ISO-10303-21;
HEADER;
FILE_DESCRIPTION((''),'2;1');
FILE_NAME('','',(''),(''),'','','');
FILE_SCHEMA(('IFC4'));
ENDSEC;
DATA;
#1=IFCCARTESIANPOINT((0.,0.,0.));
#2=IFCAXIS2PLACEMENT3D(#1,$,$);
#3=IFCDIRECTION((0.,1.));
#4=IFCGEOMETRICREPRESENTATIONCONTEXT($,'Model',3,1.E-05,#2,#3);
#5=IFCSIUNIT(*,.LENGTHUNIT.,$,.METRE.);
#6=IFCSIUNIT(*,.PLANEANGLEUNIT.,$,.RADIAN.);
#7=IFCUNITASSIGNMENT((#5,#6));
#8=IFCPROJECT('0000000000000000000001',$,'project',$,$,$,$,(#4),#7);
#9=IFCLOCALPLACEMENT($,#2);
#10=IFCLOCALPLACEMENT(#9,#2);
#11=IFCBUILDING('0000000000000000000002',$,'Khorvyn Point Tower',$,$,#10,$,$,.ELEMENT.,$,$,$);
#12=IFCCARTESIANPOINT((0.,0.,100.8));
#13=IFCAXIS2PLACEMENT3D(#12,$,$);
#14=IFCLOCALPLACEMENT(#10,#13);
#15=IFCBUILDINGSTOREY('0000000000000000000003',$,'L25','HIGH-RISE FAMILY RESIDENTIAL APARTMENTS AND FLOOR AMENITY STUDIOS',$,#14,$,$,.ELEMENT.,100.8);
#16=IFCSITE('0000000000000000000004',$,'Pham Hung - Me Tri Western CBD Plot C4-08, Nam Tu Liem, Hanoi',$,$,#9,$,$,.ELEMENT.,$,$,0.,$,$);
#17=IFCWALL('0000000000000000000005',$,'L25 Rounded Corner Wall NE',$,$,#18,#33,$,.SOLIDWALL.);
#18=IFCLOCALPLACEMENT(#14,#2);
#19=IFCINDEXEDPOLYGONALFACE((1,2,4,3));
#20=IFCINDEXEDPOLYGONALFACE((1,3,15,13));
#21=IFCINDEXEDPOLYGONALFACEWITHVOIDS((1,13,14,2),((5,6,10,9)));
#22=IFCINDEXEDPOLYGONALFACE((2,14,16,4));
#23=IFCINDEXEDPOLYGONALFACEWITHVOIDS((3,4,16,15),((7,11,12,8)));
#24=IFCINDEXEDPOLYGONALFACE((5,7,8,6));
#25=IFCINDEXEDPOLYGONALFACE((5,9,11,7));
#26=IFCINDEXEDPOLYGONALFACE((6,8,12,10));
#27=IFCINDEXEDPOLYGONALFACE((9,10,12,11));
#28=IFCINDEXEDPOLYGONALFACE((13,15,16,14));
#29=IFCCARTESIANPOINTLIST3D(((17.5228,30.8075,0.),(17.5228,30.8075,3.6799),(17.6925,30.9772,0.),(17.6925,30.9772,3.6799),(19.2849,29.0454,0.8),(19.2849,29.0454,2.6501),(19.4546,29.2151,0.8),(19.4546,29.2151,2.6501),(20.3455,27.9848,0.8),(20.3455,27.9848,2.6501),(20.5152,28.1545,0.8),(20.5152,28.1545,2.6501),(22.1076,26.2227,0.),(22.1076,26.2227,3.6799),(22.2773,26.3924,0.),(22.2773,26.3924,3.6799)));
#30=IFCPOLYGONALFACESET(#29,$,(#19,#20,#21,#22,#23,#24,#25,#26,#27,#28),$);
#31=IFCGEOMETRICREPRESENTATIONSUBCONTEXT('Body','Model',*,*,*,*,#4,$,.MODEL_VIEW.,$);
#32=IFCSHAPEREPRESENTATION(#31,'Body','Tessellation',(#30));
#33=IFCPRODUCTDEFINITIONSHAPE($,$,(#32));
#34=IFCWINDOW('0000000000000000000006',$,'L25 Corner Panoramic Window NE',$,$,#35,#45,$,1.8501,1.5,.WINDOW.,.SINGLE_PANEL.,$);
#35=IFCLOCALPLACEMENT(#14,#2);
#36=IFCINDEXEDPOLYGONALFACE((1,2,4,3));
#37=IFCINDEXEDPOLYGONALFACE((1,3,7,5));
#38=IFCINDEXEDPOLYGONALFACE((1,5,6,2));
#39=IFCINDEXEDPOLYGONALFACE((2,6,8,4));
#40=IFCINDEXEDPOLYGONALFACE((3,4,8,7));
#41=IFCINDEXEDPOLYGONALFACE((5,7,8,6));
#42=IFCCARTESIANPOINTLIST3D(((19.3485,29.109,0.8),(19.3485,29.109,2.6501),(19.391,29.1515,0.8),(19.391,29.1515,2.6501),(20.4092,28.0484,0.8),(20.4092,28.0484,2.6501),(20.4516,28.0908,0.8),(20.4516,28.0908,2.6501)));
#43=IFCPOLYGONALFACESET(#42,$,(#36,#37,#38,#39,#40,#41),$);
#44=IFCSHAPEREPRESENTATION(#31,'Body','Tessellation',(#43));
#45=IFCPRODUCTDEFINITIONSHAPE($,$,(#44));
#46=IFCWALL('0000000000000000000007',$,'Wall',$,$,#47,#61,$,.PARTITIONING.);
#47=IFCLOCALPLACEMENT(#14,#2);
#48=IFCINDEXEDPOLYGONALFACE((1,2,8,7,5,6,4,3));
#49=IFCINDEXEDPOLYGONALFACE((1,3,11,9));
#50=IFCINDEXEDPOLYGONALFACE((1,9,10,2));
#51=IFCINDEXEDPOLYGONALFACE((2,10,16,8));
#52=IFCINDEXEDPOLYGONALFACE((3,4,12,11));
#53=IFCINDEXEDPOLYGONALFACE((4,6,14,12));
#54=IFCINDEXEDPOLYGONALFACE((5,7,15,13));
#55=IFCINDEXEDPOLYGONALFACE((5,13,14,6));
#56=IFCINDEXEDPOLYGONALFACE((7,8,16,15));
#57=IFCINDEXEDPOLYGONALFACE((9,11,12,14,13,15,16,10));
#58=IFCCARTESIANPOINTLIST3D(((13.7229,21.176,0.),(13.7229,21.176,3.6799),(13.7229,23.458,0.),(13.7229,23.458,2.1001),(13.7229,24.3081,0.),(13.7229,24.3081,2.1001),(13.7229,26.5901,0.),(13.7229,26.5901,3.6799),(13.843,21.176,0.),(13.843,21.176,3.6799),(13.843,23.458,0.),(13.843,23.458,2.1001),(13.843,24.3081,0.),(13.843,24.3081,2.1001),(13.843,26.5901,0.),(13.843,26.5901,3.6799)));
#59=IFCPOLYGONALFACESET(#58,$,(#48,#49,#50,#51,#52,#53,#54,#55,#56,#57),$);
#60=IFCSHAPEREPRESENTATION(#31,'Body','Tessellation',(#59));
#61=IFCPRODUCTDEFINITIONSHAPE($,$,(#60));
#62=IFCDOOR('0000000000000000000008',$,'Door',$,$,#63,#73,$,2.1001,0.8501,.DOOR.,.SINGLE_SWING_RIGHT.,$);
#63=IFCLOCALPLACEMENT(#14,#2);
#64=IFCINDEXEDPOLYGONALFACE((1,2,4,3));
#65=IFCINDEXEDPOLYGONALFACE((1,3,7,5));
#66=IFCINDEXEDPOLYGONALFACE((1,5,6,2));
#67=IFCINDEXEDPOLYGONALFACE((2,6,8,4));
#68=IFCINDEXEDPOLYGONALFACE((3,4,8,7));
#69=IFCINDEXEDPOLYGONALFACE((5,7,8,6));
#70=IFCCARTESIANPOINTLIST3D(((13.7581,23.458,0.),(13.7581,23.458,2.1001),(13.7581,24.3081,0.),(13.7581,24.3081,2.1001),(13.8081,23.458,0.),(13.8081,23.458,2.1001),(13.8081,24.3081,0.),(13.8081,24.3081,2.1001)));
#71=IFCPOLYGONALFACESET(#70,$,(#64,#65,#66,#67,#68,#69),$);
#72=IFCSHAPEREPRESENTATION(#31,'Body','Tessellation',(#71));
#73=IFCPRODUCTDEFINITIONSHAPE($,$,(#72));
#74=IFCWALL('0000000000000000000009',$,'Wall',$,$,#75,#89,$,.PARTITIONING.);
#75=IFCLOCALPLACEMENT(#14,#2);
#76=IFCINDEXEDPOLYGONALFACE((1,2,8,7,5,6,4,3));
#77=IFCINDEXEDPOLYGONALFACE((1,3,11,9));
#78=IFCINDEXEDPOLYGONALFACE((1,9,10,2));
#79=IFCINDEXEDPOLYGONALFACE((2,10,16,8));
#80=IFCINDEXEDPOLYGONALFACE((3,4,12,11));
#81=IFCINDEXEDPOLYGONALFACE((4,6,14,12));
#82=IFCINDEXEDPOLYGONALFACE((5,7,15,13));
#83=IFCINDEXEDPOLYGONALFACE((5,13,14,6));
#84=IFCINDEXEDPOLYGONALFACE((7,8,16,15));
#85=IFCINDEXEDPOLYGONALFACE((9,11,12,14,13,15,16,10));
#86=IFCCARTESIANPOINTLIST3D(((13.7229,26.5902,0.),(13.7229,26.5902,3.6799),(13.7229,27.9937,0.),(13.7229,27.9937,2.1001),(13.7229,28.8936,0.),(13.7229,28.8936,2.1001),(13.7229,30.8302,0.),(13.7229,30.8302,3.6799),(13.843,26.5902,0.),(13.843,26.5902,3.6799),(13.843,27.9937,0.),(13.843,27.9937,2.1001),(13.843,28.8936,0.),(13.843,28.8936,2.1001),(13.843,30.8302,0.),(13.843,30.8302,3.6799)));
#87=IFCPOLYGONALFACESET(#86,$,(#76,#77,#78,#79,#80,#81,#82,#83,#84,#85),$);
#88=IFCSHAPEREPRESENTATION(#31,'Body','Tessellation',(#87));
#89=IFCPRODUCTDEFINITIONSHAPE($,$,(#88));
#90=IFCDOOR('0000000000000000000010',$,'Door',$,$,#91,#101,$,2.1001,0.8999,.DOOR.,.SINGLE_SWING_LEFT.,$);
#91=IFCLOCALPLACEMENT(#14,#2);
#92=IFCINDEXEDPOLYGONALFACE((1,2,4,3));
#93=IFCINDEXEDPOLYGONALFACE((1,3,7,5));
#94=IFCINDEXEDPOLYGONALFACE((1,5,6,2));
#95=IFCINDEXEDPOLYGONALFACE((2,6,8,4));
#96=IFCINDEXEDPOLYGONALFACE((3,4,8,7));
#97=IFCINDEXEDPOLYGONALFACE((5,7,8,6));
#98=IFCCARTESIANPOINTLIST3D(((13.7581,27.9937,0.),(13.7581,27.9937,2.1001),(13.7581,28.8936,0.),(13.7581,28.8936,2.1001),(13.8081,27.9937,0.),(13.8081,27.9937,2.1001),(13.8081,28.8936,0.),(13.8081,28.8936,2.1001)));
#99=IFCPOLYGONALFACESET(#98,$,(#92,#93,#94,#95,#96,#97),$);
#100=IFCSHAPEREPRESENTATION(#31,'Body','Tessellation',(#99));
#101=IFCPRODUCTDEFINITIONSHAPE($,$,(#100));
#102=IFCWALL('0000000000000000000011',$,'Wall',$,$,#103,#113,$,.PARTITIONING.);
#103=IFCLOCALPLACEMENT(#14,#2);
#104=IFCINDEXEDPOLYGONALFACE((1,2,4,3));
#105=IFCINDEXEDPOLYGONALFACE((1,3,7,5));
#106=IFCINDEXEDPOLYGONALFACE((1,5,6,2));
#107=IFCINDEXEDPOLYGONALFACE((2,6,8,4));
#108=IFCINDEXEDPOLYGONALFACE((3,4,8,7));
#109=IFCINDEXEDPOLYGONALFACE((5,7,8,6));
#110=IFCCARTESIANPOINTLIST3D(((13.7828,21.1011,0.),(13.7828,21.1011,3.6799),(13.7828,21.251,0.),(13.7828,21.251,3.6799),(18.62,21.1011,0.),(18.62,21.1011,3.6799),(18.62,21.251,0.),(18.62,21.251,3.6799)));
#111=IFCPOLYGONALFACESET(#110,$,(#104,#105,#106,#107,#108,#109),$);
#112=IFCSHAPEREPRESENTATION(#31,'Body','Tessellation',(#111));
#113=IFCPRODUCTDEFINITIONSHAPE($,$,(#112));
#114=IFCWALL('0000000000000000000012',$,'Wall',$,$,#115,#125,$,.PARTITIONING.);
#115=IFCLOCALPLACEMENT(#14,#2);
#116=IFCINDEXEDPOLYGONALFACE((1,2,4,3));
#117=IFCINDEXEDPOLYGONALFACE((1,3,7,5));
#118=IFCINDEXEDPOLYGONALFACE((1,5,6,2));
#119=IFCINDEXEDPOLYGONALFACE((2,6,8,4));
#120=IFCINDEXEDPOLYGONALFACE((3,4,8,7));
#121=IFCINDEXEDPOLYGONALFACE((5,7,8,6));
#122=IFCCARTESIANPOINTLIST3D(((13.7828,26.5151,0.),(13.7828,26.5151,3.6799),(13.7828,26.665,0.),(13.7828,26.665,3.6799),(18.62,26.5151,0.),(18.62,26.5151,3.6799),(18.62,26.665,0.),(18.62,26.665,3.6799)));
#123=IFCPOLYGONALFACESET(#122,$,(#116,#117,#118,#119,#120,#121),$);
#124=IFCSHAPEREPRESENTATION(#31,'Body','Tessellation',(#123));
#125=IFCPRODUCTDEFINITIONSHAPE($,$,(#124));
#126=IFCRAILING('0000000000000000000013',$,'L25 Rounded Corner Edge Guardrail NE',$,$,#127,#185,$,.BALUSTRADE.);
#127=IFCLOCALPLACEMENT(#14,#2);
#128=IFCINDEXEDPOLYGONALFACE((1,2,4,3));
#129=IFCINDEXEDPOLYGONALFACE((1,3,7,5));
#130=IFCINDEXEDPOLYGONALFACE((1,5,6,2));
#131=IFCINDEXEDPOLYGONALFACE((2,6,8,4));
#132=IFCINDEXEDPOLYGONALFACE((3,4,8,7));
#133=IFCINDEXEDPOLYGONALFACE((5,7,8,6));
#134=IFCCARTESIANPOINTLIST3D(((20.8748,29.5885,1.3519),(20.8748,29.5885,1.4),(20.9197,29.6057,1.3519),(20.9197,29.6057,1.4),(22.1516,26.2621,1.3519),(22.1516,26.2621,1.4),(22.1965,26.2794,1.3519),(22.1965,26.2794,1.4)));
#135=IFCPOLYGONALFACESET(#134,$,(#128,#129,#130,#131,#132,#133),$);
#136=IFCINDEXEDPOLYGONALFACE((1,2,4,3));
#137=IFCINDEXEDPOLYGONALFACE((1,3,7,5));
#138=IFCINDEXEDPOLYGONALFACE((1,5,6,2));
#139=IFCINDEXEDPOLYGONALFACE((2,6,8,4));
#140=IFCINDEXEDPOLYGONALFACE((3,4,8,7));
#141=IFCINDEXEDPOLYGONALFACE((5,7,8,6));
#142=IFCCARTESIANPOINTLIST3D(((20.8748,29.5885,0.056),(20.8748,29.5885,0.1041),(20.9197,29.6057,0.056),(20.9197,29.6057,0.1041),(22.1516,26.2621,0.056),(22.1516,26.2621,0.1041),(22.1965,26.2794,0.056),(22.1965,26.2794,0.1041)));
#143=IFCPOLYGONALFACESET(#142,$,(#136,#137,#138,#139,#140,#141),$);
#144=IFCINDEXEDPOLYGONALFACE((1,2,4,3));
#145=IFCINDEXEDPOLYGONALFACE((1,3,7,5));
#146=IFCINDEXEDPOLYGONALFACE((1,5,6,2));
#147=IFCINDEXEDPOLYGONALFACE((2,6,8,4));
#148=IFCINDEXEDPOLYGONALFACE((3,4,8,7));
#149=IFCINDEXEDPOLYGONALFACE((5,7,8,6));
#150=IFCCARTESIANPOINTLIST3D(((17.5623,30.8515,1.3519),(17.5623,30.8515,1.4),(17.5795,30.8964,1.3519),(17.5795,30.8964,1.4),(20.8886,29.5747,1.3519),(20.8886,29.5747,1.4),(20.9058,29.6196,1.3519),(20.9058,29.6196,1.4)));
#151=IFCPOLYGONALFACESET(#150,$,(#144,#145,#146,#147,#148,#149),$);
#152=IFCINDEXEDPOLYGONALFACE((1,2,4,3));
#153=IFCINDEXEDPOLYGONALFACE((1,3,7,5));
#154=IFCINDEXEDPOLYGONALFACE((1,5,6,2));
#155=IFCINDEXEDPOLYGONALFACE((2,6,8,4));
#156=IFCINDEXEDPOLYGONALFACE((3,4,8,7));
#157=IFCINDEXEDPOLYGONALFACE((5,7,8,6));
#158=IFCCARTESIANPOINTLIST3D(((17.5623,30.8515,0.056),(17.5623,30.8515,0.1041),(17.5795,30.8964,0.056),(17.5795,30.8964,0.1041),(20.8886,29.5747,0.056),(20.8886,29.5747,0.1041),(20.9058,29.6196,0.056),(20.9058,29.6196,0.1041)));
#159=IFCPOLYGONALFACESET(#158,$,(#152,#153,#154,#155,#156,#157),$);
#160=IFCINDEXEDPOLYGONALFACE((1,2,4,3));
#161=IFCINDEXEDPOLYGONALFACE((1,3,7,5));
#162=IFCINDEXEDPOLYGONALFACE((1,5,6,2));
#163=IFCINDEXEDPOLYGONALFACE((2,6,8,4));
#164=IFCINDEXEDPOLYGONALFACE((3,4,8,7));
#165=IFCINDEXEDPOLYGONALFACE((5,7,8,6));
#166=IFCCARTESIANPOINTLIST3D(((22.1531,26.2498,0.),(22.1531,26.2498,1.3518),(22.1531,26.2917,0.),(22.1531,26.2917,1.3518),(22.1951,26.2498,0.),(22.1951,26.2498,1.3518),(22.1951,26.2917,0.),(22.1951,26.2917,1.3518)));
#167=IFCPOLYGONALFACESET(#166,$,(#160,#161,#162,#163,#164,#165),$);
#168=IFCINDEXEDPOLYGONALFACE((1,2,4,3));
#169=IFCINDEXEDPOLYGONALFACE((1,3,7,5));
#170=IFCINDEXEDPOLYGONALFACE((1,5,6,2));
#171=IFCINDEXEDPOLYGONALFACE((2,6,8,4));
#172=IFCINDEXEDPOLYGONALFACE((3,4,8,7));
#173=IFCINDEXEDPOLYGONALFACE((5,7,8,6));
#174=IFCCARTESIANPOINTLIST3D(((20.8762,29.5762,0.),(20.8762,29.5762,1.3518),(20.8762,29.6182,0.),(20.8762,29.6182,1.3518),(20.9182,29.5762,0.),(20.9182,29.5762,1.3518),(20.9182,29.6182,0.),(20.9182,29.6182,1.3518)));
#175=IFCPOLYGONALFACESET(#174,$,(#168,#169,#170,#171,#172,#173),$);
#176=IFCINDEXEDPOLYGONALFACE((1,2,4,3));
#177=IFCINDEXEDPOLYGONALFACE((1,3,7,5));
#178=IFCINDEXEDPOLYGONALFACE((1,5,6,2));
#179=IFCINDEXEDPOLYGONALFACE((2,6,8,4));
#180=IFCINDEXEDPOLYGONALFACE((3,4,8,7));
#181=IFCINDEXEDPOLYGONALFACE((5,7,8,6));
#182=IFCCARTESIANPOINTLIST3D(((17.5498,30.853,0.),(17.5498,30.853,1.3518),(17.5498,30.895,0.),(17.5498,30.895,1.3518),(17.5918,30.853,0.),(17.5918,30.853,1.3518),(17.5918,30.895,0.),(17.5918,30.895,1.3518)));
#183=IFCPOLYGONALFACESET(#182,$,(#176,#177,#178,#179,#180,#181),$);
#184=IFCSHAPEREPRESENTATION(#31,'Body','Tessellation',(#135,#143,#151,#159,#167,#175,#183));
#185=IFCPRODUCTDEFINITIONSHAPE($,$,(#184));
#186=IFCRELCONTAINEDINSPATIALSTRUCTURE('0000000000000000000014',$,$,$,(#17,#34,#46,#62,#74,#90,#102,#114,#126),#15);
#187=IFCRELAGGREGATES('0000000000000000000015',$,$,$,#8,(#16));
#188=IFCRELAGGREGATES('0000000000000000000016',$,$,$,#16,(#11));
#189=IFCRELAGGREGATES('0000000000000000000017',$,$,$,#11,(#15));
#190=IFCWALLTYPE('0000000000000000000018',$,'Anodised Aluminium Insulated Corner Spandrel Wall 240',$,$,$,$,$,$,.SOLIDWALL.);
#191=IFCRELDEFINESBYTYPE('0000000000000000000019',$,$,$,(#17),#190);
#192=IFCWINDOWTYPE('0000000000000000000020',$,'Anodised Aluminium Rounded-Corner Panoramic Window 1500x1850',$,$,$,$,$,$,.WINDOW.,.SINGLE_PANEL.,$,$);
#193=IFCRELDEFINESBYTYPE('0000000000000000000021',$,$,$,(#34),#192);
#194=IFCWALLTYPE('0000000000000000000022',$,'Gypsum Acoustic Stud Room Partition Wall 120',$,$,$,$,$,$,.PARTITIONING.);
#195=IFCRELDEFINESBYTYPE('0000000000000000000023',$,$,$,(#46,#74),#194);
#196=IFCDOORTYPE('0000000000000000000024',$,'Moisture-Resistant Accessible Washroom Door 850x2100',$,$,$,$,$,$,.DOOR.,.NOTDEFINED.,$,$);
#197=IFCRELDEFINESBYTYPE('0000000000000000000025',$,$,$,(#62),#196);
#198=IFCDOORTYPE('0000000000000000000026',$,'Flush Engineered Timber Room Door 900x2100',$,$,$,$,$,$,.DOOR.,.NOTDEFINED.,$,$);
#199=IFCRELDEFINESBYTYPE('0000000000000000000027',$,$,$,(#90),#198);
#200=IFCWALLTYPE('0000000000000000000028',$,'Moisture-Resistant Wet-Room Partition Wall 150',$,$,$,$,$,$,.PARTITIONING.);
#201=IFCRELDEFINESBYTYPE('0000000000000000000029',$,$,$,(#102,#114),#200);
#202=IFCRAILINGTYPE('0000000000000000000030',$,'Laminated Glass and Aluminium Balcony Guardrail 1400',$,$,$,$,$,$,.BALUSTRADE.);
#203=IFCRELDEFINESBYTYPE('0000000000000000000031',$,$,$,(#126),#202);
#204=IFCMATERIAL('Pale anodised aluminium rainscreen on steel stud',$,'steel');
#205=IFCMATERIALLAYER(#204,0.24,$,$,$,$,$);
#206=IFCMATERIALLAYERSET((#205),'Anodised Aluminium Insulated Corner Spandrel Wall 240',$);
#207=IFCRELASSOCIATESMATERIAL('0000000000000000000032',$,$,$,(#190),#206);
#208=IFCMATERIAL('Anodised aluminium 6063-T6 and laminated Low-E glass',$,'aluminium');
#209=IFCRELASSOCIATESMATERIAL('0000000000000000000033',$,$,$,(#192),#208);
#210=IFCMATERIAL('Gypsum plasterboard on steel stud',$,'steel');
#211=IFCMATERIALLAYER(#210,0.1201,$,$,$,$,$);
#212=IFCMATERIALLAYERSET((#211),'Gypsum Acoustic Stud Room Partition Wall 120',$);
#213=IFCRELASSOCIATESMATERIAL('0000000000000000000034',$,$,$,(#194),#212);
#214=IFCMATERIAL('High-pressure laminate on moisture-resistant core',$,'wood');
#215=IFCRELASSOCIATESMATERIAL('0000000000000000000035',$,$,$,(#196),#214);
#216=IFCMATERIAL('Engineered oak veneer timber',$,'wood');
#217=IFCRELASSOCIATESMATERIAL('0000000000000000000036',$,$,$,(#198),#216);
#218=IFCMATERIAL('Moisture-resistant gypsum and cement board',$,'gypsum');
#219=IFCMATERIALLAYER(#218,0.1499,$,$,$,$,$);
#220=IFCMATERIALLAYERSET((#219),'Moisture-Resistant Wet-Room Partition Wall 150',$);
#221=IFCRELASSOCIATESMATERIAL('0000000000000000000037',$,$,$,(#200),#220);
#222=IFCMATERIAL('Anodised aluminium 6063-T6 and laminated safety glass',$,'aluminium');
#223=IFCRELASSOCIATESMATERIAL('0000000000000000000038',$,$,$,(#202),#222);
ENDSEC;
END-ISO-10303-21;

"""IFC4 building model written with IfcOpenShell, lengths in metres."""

from ifc_helpers import new_model, si_unit, direction, frame, frame_2d, origin, origin_2d, place, context, subcontext, project, spatial, rectangle, extrude, material, layer, layer_set, type_object, element, fill, save


model = new_model("IFC4")

# Units and contexts
model_context = context("Model", 3, precision=1e-05, world=origin(), true_north=direction((0.0, 1.0)))
body_context = subcontext(model_context, "Body", "Model", "MODEL_VIEW")
ifc_project = project(units=[si_unit("LENGTHUNIT", "METRE"), si_unit("PLANEANGLEUNIT", "RADIAN")], contexts=[model_context])

# Site, building, storey
site_placement = place(None, origin())
site = spatial("IfcSite", under=ifc_project, at=site_placement, Name="Pham Hung - Me Tri Western CBD Plot C4-08, Nam Tu Liem, Hanoi", CompositionType="ELEMENT", RefElevation=0.0)
building_placement = place(site_placement, origin())
building = spatial("IfcBuilding", under=site, at=building_placement, Name="Khorvyn Point Tower", CompositionType="ELEMENT")
storey_placement = place(building_placement, frame((0.0, 0.0, 100.8)))
storey = spatial("IfcBuildingStorey", under=building, at=storey_placement, Name="L25", Description="HIGH-RISE FAMILY RESIDENTIAL APARTMENTS AND FLOOR AMENITY STUDIOS", CompositionType="ELEMENT", Elevation=100.8)

# Shared definitions
ifc_material_1 = material(Name="Anodised aluminium 6063-T6 and laminated Low-E glass", Category="aluminium")

# Wall, opening, window
ifc_material_2 = material(Name="Pale anodised aluminium rainscreen on steel stud", Category="steel")
ifc_layer_1 = layer(ifc_material_2, 0.24)
ifc_layer_set_1 = layer_set([ifc_layer_1], Name="Anodised Aluminium Insulated Corner Spandrel Wall 240")
wall_type_1 = type_object("IfcWallType", Name="Anodised Aluminium Insulated Corner Spandrel Wall 240", PredefinedType="SOLIDWALL", material=ifc_layer_set_1)
wall_1_placement = place(storey_placement, frame((17.6077, 30.8923, 0.0), z_axis=(0.0, 0.0, 1.0), x_axis=(0.707107, -0.707107, 0.0)))
wall_1 = element("IfcWall", 1, at=wall_1_placement, inside=storey, type_object=wall_type_1, Name="L25 Rounded Corner Wall NE", PredefinedType="SOLIDWALL", context=body_context, shape_type="SweptSolid", body=[
    extrude(rectangle(XDim=6.4839, YDim=0.24, at=frame_2d((3.2419, 0.0))), origin(), (0.0, 0.0, 1.0), 3.6799),
])
opening_1_placement = place(wall_1_placement, frame((2.4919, 0.0, 0.8)))
opening_1 = element("IfcOpeningElement", 2, at=opening_1_placement, cuts=wall_1, PredefinedType="OPENING", context=body_context, shape_type="SweptSolid", body=[
    extrude(rectangle(XDim=1.5, YDim=1.8501, at=frame_2d((0.75, 0.925))), frame((0.0, 0.1299, 0.0), z_axis=(0.0, -1.0, 0.0), x_axis=(1.0, 0.0, 0.0)), (0.0, 0.0, 1.0), 0.26),
])
window_type = type_object("IfcWindowType", Name="Anodised Aluminium Rounded-Corner Panoramic Window 1500x1850", PartitioningType="SINGLE_PANEL", PredefinedType="WINDOW", material=ifc_material_1)
window_placement = place(opening_1_placement, origin())
window = element("IfcWindow", 3, at=window_placement, inside=storey, type_object=window_type, Name="L25 Corner Panoramic Window NE", OverallHeight=1.8501, OverallWidth=1.5, PartitioningType="SINGLE_PANEL", PredefinedType="WINDOW", context=body_context, shape_type="SweptSolid", body=[
    extrude(rectangle(XDim=1.5, YDim=1.8501, at=frame_2d((0.75, 0.925))), frame((0.0, 0.03, 0.0), z_axis=(0.0, -1.0, 0.0), x_axis=(1.0, 0.0, 0.0)), (0.0, 0.0, 1.0), 0.0601),
])
fill(opening_1, window)

# Walls, openings, doors
ifc_material_3 = material(Name="Gypsum plasterboard on steel stud", Category="steel")
ifc_layer_2 = layer(ifc_material_3, 0.1201)
ifc_layer_set_2 = layer_set([ifc_layer_2], Name="Gypsum Acoustic Stud Room Partition Wall 120")
wall_type_2 = type_object("IfcWallType", Name="Gypsum Acoustic Stud Room Partition Wall 120", PredefinedType="PARTITIONING", material=ifc_layer_set_2)
wall_2_placement = place(storey_placement, frame((13.783, 21.176, 0.0), z_axis=(0.0, 0.0, 1.0), x_axis=(0.0, 1.0, 0.0)))
wall_2 = element("IfcWall", 4, at=wall_2_placement, inside=storey, type_object=wall_type_2, Name="Wall", PredefinedType="PARTITIONING", context=body_context, shape_type="SweptSolid", body=[
    extrude(rectangle(XDim=5.4141, YDim=0.1201, at=frame_2d((2.707, 0.0))), origin(), (0.0, 0.0, 1.0), 3.6799),
])
opening_2_placement = place(wall_2_placement, frame((2.282, 0.0, 0.0)))
opening_2 = element("IfcOpeningElement", 5, at=opening_2_placement, cuts=wall_2, PredefinedType="OPENING", context=body_context, shape_type="SweptSolid", body=[
    extrude(rectangle(XDim=0.8501, YDim=2.1001, at=frame_2d((0.425, 1.05))), frame((0.0, 0.0701, 0.0), z_axis=(0.0, -1.0, 0.0), x_axis=(1.0, 0.0, 0.0)), (0.0, 0.0, 1.0), 0.1401),
])
ifc_material_4 = material(Name="High-pressure laminate on moisture-resistant core", Category="wood")
door_type_1 = type_object("IfcDoorType", Name="Moisture-Resistant Accessible Washroom Door 850x2100", OperationType="NOTDEFINED", PredefinedType="DOOR", material=ifc_material_4)
door_1_placement = place(opening_2_placement, origin())
door_1 = element("IfcDoor", 6, at=door_1_placement, inside=storey, type_object=door_type_1, Name="Door", OperationType="SINGLE_SWING_RIGHT", OverallHeight=2.1001, OverallWidth=0.8501, PredefinedType="DOOR", context=body_context, shape_type="SweptSolid", body=[
    extrude(rectangle(XDim=0.8501, YDim=2.1001, at=frame_2d((0.425, 1.05))), frame((0.0, 0.0249, 0.0), z_axis=(0.0, -1.0, 0.0), x_axis=(1.0, 0.0, 0.0)), (0.0, 0.0, 1.0), 0.05),
])
fill(opening_2, door_1)
wall_3_placement = place(storey_placement, frame((13.783, 26.5901, 0.0), z_axis=(0.0, 0.0, 1.0), x_axis=(0.0, 1.0, 0.0)))
wall_3 = element("IfcWall", 7, at=wall_3_placement, inside=storey, type_object=wall_type_2, Name="Wall", PredefinedType="PARTITIONING", context=body_context, shape_type="SweptSolid", body=[
    extrude(rectangle(XDim=4.24, YDim=0.1201, at=frame_2d((2.1201, 0.0))), origin(), (0.0, 0.0, 1.0), 3.6799),
])
opening_3_placement = place(wall_3_placement, frame((1.4036, 0.0, 0.0)))
opening_3 = element("IfcOpeningElement", 8, at=opening_3_placement, cuts=wall_3, PredefinedType="OPENING", context=body_context, shape_type="SweptSolid", body=[
    extrude(rectangle(XDim=0.8999, YDim=2.1001, at=frame_2d((0.45, 1.05))), frame((0.0, 0.0701, 0.0), z_axis=(0.0, -1.0, 0.0), x_axis=(1.0, 0.0, 0.0)), (0.0, 0.0, 1.0), 0.1401),
])
ifc_material_5 = material(Name="Engineered oak veneer timber", Category="wood")
door_type_2 = type_object("IfcDoorType", Name="Flush Engineered Timber Room Door 900x2100", OperationType="NOTDEFINED", PredefinedType="DOOR", material=ifc_material_5)
door_2_placement = place(opening_3_placement, origin())
door_2 = element("IfcDoor", 9, at=door_2_placement, inside=storey, type_object=door_type_2, Name="Door", OperationType="SINGLE_SWING_LEFT", OverallHeight=2.1001, OverallWidth=0.8999, PredefinedType="DOOR", context=body_context, shape_type="SweptSolid", body=[
    extrude(rectangle(XDim=0.8999, YDim=2.1001, at=frame_2d((0.45, 1.05))), frame((0.0, 0.0249, 0.0), z_axis=(0.0, -1.0, 0.0), x_axis=(1.0, 0.0, 0.0)), (0.0, 0.0, 1.0), 0.05),
])
fill(opening_3, door_2)

# Walls
ifc_material_6 = material(Name="Moisture-resistant gypsum and cement board", Category="gypsum")
ifc_layer_3 = layer(ifc_material_6, 0.1499)
ifc_layer_set_3 = layer_set([ifc_layer_3], Name="Moisture-Resistant Wet-Room Partition Wall 150")
wall_type_3 = type_object("IfcWallType", Name="Moisture-Resistant Wet-Room Partition Wall 150", PredefinedType="PARTITIONING", material=ifc_layer_set_3)
for number, where, z_axis, x_axis, name in (
    (10, (13.783, 21.176, 0.0), (0.0, 0.0, 1.0), (1.0, 0.0, 0.0), "Wall"),
    (11, (13.783, 26.5901, 0.0), (0.0, 0.0, 1.0), (1.0, 0.0, 0.0), "Wall"),
):
    element("IfcWall", number, at=place(storey_placement, frame(where, z_axis=z_axis, x_axis=x_axis)), inside=storey, type_object=wall_type_3, Name=name, PredefinedType="PARTITIONING", context=body_context, shape_type="SweptSolid", body=[
        extrude(rectangle(XDim=4.8372, YDim=0.1499, at=frame_2d((2.4185, 0.0))), origin(), (0.0, 0.0, 1.0), 3.6799),
    ])

# Railing
ifc_material_7 = material(Name="Anodised aluminium 6063-T6 and laminated safety glass", Category="aluminium")
railing_type = type_object("IfcRailingType", Name="Laminated Glass and Aluminium Balcony Guardrail 1400", PredefinedType="BALUSTRADE", material=ifc_material_7)
railing_placement = place(storey_placement, frame((22.1741, 26.2708, 0.0)))
element("IfcRailing", 12, at=railing_placement, inside=storey, type_object=railing_type, Name="L25 Rounded Corner Edge Guardrail NE", PredefinedType="BALUSTRADE", context=body_context, shape_type="SweptSolid", body=[
    extrude(rectangle(XDim=0.0481, YDim=0.0481, at=origin_2d()), frame((0.0, 0.0, 1.376), z_axis=(-0.358359, 0.933584, 0.0), x_axis=(-0.933584, -0.358359, 0.0)), (0.0, 0.0, 1.0), 3.563),
    extrude(rectangle(XDim=0.0481, YDim=0.0481, at=origin_2d()), frame((0.0, 0.0, 0.0801), z_axis=(-0.358359, 0.933584, 0.0), x_axis=(-0.933584, -0.358359, 0.0)), (0.0, 0.0, 1.0), 3.563),
    extrude(rectangle(XDim=0.0481, YDim=0.0481, at=origin_2d()), frame((-1.2769, 3.3264, 1.376), z_axis=(-0.933584, 0.358359, 0.0), x_axis=(-0.358359, -0.933584, 0.0)), (0.0, 0.0, 1.0), 3.563),
    extrude(rectangle(XDim=0.0481, YDim=0.0481, at=origin_2d()), frame((-1.2769, 3.3264, 0.0801), z_axis=(-0.933584, 0.358359, 0.0), x_axis=(-0.358359, -0.933584, 0.0)), (0.0, 0.0, 1.0), 3.563),
    extrude(rectangle(XDim=0.042, YDim=0.042, at=origin_2d()), origin(), (0.0, 0.0, 1.0), 1.3518),
    extrude(rectangle(XDim=0.042, YDim=0.042, at=origin_2d()), frame((-1.2769, 3.3264, 0.0)), (0.0, 0.0, 1.0), 1.3518),
    extrude(rectangle(XDim=0.042, YDim=0.042, at=origin_2d()), frame((-4.6033, 4.6033, 0.0)), (0.0, 0.0, 1.0), 1.3518),
])

save(model, "model.ifc")
